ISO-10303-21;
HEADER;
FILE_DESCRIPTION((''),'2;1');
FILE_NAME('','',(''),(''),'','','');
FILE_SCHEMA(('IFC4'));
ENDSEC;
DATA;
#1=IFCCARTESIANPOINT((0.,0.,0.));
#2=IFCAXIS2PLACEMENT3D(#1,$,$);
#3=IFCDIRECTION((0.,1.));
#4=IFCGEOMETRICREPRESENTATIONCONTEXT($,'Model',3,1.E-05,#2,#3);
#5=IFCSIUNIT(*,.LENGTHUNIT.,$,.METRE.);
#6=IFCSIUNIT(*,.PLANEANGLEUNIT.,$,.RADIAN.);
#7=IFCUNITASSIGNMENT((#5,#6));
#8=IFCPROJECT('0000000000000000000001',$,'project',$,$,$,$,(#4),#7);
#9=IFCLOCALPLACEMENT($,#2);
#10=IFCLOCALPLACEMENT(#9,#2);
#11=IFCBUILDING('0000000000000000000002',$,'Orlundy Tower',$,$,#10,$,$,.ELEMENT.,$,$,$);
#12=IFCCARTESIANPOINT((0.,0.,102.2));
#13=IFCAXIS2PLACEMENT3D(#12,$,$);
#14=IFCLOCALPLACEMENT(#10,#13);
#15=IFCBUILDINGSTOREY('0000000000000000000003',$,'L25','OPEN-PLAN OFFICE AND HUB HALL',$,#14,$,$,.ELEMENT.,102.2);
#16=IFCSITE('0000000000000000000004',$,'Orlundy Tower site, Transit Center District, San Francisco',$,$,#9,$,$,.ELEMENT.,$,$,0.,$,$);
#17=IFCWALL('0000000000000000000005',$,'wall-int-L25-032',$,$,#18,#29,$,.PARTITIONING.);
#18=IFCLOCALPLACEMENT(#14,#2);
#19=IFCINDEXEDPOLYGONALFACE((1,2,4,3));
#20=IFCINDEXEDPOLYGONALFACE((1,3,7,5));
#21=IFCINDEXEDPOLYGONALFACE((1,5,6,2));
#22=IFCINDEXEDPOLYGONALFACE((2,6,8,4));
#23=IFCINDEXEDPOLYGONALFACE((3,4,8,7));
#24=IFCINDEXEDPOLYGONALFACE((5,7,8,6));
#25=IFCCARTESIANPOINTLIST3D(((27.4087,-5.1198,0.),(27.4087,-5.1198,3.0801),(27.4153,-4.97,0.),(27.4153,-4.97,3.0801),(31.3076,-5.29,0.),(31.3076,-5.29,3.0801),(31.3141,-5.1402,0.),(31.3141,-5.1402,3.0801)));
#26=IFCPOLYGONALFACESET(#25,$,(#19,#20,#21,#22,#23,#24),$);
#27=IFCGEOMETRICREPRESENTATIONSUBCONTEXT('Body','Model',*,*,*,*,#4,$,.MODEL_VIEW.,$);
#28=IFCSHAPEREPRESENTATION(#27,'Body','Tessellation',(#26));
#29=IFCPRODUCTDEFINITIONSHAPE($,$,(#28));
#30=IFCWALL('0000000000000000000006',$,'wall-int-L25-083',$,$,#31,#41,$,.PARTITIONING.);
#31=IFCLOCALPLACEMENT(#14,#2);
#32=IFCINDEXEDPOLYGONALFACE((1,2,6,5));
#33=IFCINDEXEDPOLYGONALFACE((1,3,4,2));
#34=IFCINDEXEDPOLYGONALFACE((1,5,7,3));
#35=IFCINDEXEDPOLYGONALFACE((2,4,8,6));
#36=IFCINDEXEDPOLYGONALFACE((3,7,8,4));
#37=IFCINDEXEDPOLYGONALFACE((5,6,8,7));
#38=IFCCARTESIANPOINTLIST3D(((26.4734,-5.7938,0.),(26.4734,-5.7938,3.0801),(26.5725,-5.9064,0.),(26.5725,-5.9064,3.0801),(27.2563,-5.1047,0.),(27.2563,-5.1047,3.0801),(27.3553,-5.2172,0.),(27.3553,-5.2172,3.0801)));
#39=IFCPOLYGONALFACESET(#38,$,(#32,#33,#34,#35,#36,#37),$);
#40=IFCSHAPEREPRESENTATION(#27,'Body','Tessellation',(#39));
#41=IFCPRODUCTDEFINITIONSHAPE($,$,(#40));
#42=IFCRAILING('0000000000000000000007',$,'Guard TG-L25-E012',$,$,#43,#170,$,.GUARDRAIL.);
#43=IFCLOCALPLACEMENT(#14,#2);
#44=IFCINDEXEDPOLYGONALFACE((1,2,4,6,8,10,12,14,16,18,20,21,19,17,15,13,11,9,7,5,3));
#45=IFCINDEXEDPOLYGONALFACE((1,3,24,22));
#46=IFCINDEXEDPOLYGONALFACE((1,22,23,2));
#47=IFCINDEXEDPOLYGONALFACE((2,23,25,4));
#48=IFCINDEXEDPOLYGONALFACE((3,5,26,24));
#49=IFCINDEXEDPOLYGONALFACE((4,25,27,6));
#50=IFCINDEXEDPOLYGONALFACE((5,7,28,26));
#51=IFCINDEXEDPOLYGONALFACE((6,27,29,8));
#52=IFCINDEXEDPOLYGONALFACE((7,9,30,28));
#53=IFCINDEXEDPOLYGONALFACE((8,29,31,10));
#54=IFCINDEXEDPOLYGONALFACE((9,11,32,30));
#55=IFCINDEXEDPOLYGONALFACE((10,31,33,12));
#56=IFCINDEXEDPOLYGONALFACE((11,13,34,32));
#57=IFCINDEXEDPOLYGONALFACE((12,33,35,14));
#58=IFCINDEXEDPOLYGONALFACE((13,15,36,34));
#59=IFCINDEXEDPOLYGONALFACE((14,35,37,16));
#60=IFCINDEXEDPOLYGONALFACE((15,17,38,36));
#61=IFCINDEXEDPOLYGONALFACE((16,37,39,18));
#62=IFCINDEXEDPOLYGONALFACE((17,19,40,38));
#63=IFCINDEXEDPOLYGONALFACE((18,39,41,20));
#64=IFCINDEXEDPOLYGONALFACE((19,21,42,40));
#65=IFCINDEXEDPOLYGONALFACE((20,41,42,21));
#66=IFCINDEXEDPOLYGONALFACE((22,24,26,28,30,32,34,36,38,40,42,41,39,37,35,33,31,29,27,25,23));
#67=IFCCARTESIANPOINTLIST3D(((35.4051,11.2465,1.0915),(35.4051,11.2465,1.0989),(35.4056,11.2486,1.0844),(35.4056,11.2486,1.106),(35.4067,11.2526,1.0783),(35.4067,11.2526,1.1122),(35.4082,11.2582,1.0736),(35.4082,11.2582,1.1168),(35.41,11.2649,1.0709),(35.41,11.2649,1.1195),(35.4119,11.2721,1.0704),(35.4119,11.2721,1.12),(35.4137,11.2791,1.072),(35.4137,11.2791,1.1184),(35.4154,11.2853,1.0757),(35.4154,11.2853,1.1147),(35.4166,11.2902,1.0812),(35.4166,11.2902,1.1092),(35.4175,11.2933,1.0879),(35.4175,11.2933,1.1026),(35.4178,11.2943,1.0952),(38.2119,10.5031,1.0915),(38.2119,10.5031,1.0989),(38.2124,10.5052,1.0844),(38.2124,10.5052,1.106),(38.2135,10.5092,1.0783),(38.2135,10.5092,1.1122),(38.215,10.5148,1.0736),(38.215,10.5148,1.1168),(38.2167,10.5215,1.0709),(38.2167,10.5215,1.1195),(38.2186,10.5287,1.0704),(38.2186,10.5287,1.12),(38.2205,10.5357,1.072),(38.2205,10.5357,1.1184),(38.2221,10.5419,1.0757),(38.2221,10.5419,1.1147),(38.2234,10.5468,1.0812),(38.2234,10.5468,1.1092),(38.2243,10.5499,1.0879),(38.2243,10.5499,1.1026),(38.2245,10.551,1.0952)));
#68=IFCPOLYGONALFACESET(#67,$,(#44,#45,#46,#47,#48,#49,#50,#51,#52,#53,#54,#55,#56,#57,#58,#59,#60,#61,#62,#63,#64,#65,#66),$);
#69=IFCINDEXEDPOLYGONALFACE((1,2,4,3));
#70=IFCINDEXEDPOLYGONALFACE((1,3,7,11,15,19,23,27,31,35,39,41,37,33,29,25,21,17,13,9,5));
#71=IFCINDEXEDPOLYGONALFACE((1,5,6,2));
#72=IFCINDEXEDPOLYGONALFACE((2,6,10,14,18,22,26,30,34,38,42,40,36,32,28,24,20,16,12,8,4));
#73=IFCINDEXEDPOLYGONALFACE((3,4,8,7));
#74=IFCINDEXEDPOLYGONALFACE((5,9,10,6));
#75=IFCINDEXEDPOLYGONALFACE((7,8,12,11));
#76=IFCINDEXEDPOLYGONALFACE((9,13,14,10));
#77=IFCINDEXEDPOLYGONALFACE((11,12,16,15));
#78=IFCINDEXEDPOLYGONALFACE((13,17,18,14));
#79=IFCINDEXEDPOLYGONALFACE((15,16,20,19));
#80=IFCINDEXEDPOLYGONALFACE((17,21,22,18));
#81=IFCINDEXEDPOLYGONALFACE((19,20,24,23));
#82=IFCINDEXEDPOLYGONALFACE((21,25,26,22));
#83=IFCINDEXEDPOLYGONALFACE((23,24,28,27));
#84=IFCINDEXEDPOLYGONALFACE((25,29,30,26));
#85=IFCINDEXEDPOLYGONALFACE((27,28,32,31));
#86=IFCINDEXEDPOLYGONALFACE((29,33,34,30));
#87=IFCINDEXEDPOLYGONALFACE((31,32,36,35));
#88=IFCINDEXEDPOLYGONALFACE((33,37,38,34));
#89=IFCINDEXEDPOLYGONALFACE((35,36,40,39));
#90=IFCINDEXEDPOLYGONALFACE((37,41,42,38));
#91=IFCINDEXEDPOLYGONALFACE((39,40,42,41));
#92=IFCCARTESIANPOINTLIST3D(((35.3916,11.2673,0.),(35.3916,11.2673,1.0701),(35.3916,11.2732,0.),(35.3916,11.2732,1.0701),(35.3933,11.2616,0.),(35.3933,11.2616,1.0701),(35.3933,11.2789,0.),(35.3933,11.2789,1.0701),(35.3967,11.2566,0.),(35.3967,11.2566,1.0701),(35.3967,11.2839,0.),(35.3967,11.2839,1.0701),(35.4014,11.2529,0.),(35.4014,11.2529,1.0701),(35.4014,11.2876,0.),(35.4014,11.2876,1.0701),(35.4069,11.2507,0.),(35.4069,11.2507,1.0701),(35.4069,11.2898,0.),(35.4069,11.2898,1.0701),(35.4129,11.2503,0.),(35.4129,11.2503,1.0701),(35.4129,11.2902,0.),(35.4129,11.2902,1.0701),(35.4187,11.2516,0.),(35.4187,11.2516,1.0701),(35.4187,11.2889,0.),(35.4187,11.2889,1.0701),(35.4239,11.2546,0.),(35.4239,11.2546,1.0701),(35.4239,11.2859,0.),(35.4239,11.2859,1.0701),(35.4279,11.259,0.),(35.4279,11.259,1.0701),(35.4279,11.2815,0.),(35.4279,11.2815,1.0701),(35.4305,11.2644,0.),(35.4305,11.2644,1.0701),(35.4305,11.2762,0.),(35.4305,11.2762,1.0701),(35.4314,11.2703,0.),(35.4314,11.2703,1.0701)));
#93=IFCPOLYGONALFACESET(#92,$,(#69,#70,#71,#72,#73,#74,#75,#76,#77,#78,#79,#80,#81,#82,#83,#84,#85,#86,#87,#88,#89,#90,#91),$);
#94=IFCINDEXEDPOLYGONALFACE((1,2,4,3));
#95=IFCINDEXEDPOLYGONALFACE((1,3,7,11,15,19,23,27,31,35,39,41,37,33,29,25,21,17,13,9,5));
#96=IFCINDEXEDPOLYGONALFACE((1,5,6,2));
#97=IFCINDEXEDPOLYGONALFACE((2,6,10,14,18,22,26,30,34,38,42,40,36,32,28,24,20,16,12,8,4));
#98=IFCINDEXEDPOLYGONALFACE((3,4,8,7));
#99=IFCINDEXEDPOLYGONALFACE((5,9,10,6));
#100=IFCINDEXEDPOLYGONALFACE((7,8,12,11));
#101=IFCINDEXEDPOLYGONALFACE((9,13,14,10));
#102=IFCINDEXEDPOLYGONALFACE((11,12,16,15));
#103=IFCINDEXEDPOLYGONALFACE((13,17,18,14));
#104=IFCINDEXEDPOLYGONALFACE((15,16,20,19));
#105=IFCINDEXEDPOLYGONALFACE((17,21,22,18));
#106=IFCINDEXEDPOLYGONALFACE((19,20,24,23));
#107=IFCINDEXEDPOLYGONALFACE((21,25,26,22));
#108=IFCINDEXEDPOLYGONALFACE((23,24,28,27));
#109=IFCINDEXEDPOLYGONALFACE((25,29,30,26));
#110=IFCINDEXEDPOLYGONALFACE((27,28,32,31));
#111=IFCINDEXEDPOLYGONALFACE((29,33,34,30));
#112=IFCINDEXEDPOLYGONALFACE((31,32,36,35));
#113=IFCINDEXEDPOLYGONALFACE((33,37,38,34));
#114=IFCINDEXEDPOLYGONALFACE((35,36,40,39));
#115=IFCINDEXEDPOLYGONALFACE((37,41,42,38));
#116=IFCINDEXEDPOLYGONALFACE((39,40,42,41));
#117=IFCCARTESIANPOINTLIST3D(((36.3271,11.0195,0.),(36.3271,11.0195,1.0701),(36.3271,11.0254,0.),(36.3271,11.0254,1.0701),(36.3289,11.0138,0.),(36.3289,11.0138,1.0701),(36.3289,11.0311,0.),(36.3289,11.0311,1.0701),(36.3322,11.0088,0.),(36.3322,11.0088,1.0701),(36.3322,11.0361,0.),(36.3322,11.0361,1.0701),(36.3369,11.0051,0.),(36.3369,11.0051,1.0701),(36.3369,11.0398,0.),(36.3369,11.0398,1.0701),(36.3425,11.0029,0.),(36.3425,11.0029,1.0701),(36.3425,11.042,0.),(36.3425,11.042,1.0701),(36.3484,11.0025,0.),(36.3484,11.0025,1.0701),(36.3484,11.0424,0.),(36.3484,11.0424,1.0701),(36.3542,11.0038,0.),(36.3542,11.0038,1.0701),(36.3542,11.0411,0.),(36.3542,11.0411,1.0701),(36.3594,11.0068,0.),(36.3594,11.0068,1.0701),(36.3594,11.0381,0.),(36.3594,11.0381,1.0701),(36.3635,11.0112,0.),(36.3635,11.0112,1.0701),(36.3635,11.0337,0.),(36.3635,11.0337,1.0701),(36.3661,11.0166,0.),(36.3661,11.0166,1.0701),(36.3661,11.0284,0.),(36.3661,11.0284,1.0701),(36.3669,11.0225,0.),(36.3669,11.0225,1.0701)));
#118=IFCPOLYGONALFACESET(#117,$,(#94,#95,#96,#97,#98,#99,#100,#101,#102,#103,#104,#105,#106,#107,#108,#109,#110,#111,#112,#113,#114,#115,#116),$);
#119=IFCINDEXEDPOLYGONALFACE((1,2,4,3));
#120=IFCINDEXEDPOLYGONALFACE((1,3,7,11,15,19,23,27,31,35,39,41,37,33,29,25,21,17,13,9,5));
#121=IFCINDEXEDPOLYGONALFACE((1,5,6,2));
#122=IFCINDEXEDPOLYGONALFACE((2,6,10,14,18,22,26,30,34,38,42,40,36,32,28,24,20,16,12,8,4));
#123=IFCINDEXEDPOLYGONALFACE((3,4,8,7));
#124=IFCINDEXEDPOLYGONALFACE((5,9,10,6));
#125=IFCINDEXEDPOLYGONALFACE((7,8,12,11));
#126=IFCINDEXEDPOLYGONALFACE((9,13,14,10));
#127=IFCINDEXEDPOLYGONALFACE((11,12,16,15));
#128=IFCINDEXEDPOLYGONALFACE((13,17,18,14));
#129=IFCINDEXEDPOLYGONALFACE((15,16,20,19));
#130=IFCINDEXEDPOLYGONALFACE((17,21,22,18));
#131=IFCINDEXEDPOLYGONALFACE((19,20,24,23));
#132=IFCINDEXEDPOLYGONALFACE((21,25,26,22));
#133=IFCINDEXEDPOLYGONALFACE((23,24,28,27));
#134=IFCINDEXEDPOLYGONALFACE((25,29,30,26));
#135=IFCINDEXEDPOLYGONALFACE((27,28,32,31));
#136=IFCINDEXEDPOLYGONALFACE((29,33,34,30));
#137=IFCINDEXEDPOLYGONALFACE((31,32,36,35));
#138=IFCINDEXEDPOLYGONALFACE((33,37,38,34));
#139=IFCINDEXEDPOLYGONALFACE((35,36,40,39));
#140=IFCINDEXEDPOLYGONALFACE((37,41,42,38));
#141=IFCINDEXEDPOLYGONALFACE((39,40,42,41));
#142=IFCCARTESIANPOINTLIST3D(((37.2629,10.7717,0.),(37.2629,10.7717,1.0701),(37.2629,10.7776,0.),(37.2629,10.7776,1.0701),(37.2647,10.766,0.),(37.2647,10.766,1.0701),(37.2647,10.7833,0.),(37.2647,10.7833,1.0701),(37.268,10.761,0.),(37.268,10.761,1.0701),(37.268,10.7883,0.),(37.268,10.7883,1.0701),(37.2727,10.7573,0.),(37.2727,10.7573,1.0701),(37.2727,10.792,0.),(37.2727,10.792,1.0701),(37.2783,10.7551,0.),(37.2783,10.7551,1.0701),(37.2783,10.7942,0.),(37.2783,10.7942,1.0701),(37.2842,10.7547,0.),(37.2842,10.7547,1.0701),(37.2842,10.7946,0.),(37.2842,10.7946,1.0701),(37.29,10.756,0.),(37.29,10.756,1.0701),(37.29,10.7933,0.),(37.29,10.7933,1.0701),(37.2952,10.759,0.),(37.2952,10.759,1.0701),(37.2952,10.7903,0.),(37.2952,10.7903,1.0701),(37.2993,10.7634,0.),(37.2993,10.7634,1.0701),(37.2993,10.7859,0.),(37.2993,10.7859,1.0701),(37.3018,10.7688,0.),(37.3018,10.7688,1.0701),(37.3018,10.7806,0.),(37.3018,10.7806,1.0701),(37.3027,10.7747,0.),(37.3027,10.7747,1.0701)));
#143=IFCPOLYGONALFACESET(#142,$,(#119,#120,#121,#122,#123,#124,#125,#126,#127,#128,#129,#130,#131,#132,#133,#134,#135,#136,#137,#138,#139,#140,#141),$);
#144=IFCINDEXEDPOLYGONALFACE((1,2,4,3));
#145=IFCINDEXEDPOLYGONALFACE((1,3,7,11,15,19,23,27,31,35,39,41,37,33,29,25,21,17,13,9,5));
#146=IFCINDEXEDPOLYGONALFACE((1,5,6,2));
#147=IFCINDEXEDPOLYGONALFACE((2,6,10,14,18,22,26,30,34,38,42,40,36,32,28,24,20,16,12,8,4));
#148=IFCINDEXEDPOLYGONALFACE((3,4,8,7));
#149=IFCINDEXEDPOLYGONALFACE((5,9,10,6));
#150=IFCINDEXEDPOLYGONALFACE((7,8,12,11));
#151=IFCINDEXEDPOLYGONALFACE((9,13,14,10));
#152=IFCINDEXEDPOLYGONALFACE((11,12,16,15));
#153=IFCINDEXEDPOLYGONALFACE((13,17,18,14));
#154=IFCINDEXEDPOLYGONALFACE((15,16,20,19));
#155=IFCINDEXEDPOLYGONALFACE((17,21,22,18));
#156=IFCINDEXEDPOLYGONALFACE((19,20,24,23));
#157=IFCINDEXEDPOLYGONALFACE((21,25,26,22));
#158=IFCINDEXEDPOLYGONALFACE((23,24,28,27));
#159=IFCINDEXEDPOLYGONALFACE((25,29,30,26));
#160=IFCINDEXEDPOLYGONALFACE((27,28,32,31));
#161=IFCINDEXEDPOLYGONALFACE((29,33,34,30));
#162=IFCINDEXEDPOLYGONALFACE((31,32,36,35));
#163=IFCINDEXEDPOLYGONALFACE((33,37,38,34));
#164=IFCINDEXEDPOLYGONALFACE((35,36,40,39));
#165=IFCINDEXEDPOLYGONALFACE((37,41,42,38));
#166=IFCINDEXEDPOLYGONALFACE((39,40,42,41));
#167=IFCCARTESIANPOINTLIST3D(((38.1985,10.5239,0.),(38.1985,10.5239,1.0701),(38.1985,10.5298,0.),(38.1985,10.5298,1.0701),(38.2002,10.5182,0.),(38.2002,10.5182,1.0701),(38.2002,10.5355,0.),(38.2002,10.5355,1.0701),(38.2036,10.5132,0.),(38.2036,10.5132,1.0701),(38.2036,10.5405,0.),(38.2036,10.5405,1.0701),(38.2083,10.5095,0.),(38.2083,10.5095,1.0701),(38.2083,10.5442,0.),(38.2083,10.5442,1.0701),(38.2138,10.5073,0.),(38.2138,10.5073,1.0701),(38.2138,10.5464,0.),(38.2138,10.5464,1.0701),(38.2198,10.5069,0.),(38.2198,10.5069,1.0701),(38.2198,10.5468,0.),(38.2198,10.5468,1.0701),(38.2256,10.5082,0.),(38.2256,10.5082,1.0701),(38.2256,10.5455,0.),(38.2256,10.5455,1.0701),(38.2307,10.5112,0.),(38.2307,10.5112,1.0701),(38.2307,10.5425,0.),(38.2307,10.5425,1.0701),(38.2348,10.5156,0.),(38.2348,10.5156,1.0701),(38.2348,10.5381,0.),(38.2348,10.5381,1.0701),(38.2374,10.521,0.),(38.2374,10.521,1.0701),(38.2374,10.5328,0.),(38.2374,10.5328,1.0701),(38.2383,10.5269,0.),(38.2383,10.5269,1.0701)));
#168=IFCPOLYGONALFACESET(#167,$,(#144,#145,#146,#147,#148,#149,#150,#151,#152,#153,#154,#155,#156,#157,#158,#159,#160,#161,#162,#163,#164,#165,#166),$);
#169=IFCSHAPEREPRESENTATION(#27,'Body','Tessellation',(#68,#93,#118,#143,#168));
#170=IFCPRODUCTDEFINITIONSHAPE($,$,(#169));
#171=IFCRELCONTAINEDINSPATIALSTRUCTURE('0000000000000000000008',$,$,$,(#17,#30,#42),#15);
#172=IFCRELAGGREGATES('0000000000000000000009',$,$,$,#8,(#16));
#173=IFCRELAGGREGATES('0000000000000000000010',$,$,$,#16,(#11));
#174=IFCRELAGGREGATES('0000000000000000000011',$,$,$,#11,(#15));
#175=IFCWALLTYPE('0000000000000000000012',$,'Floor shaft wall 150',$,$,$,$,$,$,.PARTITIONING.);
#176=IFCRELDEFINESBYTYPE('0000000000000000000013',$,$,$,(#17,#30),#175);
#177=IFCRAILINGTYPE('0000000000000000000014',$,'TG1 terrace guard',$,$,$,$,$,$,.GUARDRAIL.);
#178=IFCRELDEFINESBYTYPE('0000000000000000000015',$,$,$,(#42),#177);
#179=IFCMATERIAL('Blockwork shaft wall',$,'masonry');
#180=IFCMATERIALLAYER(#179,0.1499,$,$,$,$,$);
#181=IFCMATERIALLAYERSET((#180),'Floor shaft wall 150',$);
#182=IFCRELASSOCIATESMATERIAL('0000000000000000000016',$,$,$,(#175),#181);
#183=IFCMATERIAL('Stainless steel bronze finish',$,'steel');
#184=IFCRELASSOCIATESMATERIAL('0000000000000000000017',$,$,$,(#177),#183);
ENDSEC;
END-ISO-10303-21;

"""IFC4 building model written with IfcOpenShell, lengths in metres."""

from ifc_helpers import new_model, si_unit, direction, frame, frame_2d, origin, origin_2d, place, context, subcontext, project, spatial, rectangle, circle, extrude, material, layer, layer_set, type_object, element, save


model = new_model("IFC4")

# Units and contexts
model_context = context("Model", 3, precision=1e-05, world=origin(), true_north=direction((0.0, 1.0)))
body_context = subcontext(model_context, "Body", "Model", "MODEL_VIEW")
ifc_project = project(units=[si_unit("LENGTHUNIT", "METRE"), si_unit("PLANEANGLEUNIT", "RADIAN")], contexts=[model_context])

# Site, building, storey
site_placement = place(None, origin())
site = spatial("IfcSite", under=ifc_project, at=site_placement, Name="Orlundy Tower site, Transit Center District, San Francisco", CompositionType="ELEMENT", RefElevation=0.0)
building_placement = place(site_placement, origin())
building = spatial("IfcBuilding", under=site, at=building_placement, Name="Orlundy Tower", CompositionType="ELEMENT")
storey_placement = place(building_placement, frame((0.0, 0.0, 102.2)))
storey = spatial("IfcBuildingStorey", under=building, at=storey_placement, Name="L25", Description="OPEN-PLAN OFFICE AND HUB HALL", CompositionType="ELEMENT", Elevation=102.2)

# Walls
ifc_material_1 = material(Name="Blockwork shaft wall", Category="masonry")
ifc_layer_1 = layer(ifc_material_1, 0.1499)
ifc_layer_set_1 = layer_set([ifc_layer_1], Name="Floor shaft wall 150")
wall_type_1 = type_object("IfcWallType", Name="Floor shaft wall 150", PredefinedType="PARTITIONING", material=ifc_layer_set_1)
wall_1_placement = place(storey_placement, frame((27.4121, -5.0449, 0.0), z_axis=(0.0, 0.0, 1.0), x_axis=(0.999049, -0.043603, 0.0)))
element("IfcWall", 1, at=wall_1_placement, inside=storey, type_object=wall_type_1, Name="wall-int-L25-032", PredefinedType="PARTITIONING", context=body_context, shape_type="SweptSolid", body=[
    extrude(rectangle(XDim=3.9026, YDim=0.1499, at=frame_2d((1.9512, 0.0))), origin(), (0.0, 0.0, 1.0), 3.0801),
])
wall_2_placement = place(storey_placement, frame((26.5229, -5.8501, 0.0), z_axis=(0.0, 0.0, 1.0), x_axis=(0.750616, 0.660739, 0.0)))
element("IfcWall", 2, at=wall_2_placement, inside=storey, type_object=wall_type_1, Name="wall-int-L25-083", PredefinedType="PARTITIONING", context=body_context, shape_type="SweptSolid", body=[
    extrude(rectangle(XDim=1.043, YDim=0.1499, at=frame_2d((0.5215, 0.0))), origin(), (0.0, 0.0, 1.0), 3.0801),
])

# Railing
ifc_material_2 = material(Name="Stainless steel bronze finish", Category="steel")
railing_type = type_object("IfcRailingType", Name="TG1 terrace guard", PredefinedType="GUARDRAIL", material=ifc_material_2)
railing_1_placement = place(storey_placement, frame((35.4114, 11.2703, 0.0)))
element("IfcRailing", 3, at=railing_1_placement, inside=storey, type_object=railing_type, Name="Guard TG-L25-E012", PredefinedType="GUARDRAIL", context=body_context, shape_type="SweptSolid", body=[
    extrude(circle(Radius=0.0249, at=origin_2d()), frame((0.0, 0.0, 1.0952), z_axis=(0.96667, -0.256024, 0.0), x_axis=(0.256024, 0.96667, 0.0)), (0.0, 0.0, 1.0), 2.9036),
    extrude(circle(Radius=0.02, at=origin_2d()), origin(), (0.0, 0.0, 1.0), 1.0701),
    extrude(circle(Radius=0.02, at=origin_2d()), frame((0.9355, -0.2478, 0.0)), (0.0, 0.0, 1.0), 1.0701),
    extrude(circle(Radius=0.02, at=origin_2d()), frame((1.8713, -0.4956, 0.0)), (0.0, 0.0, 1.0), 1.0701),
    extrude(circle(Radius=0.02, at=origin_2d()), frame((2.8069, -0.7434, 0.0)), (0.0, 0.0, 1.0), 1.0701),
])

save(model, "model.ifc")
